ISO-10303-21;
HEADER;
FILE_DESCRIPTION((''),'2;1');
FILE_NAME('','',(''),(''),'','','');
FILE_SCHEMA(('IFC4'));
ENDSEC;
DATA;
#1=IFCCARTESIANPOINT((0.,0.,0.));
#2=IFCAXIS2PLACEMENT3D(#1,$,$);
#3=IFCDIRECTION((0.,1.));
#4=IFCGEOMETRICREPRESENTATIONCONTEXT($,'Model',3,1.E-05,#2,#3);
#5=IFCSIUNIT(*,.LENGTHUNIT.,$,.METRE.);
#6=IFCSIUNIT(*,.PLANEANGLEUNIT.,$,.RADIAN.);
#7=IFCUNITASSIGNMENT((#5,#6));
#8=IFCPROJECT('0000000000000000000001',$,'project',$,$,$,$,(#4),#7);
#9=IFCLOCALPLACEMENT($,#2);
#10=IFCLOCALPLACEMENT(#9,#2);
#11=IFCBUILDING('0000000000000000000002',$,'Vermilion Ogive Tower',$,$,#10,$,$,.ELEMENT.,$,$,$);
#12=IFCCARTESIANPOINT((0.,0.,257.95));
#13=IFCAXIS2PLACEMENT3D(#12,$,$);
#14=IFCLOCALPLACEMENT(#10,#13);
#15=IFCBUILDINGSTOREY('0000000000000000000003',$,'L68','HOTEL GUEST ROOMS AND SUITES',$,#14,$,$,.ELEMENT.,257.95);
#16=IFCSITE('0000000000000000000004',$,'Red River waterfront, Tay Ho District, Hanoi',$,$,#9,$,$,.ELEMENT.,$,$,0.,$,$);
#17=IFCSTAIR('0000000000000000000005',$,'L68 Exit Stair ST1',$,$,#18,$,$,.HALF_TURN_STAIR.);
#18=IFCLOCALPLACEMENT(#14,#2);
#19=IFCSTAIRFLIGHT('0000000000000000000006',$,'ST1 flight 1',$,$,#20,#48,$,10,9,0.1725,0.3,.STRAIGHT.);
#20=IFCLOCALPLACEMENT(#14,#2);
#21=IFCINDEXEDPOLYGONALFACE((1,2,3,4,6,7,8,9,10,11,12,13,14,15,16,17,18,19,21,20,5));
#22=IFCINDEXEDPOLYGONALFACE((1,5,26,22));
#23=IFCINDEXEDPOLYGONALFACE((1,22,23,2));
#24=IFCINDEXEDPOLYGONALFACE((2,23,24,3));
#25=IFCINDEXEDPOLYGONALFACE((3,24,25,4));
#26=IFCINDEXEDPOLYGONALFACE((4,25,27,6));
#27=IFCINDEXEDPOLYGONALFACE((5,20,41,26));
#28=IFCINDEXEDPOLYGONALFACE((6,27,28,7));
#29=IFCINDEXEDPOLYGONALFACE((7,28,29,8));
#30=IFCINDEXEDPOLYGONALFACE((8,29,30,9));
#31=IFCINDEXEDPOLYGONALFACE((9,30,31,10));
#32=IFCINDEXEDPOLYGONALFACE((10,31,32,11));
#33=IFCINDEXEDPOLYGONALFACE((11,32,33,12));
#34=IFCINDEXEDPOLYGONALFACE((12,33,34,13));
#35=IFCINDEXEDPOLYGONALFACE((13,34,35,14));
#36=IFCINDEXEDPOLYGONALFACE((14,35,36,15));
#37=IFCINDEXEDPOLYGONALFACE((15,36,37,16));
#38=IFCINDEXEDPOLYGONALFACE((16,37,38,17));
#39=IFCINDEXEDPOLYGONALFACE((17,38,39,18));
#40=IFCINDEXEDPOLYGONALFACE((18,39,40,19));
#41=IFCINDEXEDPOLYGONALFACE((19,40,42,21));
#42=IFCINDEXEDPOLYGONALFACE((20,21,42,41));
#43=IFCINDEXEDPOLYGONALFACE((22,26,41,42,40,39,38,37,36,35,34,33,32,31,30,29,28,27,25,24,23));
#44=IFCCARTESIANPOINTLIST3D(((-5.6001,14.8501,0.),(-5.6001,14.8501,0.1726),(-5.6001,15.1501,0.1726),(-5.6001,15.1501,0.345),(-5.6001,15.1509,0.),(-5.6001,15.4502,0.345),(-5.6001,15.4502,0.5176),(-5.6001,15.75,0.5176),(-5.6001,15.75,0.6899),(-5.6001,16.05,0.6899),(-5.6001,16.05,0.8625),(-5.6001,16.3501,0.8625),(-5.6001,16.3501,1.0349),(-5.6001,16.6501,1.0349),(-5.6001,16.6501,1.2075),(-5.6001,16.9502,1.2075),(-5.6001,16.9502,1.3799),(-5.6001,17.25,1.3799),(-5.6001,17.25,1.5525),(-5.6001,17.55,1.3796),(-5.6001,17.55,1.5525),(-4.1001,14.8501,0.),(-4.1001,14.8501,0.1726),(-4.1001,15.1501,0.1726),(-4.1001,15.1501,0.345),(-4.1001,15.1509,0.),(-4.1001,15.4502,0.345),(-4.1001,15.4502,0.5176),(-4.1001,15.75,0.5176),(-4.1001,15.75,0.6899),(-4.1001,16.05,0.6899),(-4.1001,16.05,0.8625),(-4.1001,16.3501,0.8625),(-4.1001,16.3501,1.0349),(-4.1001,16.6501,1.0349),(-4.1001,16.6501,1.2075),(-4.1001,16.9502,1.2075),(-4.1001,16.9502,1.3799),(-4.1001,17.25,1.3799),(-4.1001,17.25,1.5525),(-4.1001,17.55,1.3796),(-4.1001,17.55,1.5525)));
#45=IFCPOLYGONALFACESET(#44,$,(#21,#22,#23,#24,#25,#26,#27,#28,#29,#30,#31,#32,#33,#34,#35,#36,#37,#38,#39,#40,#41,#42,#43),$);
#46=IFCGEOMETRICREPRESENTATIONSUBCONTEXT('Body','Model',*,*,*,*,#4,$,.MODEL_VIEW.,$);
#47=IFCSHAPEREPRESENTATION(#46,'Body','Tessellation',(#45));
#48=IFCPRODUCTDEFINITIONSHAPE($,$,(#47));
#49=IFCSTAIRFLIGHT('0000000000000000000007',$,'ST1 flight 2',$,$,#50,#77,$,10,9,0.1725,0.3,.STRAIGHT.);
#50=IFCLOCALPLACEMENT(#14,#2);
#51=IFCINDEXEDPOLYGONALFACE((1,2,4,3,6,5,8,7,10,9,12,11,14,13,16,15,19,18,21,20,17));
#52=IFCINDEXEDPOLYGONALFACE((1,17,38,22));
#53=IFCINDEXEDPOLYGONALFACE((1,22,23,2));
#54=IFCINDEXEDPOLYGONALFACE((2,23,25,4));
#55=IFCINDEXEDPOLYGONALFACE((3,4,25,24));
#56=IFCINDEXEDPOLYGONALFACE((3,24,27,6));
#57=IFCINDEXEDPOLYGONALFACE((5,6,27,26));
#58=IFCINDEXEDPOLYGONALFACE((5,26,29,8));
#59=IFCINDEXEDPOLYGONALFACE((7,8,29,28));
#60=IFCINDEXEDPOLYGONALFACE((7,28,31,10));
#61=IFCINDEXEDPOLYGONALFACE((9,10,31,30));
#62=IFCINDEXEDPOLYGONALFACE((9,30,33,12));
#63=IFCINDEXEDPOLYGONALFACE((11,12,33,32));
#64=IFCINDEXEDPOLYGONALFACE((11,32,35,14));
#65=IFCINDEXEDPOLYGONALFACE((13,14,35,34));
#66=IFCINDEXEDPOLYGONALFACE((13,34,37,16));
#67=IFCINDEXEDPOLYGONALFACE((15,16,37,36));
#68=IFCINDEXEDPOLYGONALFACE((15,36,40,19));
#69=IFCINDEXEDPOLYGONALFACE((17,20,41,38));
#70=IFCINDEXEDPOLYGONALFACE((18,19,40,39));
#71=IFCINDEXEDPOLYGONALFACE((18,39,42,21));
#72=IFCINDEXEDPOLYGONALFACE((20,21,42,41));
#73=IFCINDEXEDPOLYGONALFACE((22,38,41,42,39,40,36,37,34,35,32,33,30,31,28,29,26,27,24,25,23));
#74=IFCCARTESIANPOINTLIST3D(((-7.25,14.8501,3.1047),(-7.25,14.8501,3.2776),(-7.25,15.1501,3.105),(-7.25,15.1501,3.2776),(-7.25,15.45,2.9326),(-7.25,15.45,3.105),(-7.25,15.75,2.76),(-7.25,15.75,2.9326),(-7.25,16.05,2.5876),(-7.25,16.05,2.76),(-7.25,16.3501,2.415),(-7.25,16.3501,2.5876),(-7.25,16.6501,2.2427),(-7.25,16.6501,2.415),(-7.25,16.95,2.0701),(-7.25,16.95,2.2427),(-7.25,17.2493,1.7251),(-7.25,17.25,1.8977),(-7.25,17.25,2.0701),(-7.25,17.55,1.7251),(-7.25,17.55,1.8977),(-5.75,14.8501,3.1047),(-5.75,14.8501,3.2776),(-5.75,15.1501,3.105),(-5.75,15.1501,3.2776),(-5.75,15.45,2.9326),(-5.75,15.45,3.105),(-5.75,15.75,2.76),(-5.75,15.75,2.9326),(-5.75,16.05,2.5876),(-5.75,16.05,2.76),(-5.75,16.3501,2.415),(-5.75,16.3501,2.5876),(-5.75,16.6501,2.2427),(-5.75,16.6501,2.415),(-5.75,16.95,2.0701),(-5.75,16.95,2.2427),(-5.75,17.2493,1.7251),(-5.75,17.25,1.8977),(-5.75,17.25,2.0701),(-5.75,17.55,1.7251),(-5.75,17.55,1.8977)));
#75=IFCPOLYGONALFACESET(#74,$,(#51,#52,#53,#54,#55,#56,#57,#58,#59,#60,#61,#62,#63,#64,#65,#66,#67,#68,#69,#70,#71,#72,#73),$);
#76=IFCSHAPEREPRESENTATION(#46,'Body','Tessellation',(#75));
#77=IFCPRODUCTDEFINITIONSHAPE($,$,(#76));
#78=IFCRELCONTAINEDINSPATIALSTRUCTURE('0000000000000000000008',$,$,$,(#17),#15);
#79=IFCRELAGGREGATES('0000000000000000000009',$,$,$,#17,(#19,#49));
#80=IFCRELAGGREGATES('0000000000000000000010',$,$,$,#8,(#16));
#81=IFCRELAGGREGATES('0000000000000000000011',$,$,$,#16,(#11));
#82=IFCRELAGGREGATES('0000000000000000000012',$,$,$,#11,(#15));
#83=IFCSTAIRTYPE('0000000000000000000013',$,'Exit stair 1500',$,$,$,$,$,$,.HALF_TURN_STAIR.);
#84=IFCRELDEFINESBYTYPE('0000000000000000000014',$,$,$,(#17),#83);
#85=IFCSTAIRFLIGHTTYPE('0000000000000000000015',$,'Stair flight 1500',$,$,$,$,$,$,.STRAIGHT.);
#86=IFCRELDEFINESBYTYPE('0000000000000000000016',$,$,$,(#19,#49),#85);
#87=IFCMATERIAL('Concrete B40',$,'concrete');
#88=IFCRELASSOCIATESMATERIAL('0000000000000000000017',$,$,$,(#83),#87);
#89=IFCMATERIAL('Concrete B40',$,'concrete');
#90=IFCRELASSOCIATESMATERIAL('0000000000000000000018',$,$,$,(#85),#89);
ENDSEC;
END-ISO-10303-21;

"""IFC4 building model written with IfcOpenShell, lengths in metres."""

from ifc_helpers import new_model, si_unit, direction, frame, origin, place, context, subcontext, project, spatial, polyline, outline, extrude, material, type_object, element, aggregate, save


model = new_model("IFC4")

# Units and contexts
model_context = context("Model", 3, precision=1e-05, world=origin(), true_north=direction((0.0, 1.0)))
body_context = subcontext(model_context, "Body", "Model", "MODEL_VIEW")
ifc_project = project(units=[si_unit("LENGTHUNIT", "METRE"), si_unit("PLANEANGLEUNIT", "RADIAN")], contexts=[model_context])

# Site, building, storey
site_placement = place(None, origin())
site = spatial("IfcSite", under=ifc_project, at=site_placement, Name="Red River waterfront, Tay Ho District, Hanoi", CompositionType="ELEMENT", RefElevation=0.0)
building_placement = place(site_placement, origin())
building = spatial("IfcBuilding", under=site, at=building_placement, Name="Vermilion Ogive Tower", CompositionType="ELEMENT")
storey_placement = place(building_placement, frame((0.0, 0.0, 257.95)))
storey = spatial("IfcBuildingStorey", under=building, at=storey_placement, Name="L68", Description="HOTEL GUEST ROOMS AND SUITES", CompositionType="ELEMENT", Elevation=257.95)

# Stair, stair flights
ifc_material_1 = material(Name="Concrete B40", Category="concrete")
stair_type = type_object("IfcStairType", Name="Exit stair 1500", PredefinedType="HALF_TURN_STAIR", material=ifc_material_1)
stair_placement = place(storey_placement, origin())
stair = element("IfcStair", 1, at=stair_placement, inside=storey, type_object=stair_type, Name="L68 Exit Stair ST1", PredefinedType="HALF_TURN_STAIR")
ifc_material_2 = material(Name="Concrete B40", Category="concrete")
stair_flight_type = type_object("IfcStairFlightType", Name="Stair flight 1500", PredefinedType="STRAIGHT", material=ifc_material_2)
stair_flight_1_placement = place(storey_placement, frame((-4.8501, 14.8501, 0.0), z_axis=(0.0, 0.0, 1.0), x_axis=(0.0, 1.0, 0.0)))
stair_flight_1 = element("IfcStairFlight", 2, at=stair_flight_1_placement, type_object=stair_flight_type, Name="ST1 flight 1", NumberOfRisers=10, NumberOfTreads=9, PredefinedType="STRAIGHT", RiserHeight=0.1725, TreadLength=0.3, context=body_context, shape_type="SweptSolid", body=[
    extrude(outline(polyline([(0.0, 0.0), (0.0, 0.1726), (0.3, 0.1726), (0.3, 0.345), (0.6001, 0.345), (0.6001, 0.5176), (0.8999, 0.5176), (0.8999, 0.6899), (1.2, 0.6899), (1.2, 0.8625), (1.5, 0.8625), (1.5, 1.0349), (1.8, 1.0349), (1.8, 1.2075), (2.1001, 1.2075), (2.1001, 1.3799), (2.3999, 1.3799), (2.3999, 1.5525), (2.7, 1.5525), (2.7, 1.7251), (2.7, 1.3796), (0.3008, 0.0), (0.0, 0.0)])), frame((0.0, 0.75, 0.0), z_axis=(0.0, -1.0, 0.0), x_axis=(1.0, 0.0, 0.0)), (0.0, 0.0, 1.0), 1.5),
])
stair_flight_2_placement = place(storey_placement, frame((-6.5, 17.55, 1.7251), z_axis=(0.0, 0.0, 1.0), x_axis=(0.0, -1.0, 0.0)))
stair_flight_2 = element("IfcStairFlight", 3, at=stair_flight_2_placement, type_object=stair_flight_type, Name="ST1 flight 2", NumberOfRisers=10, NumberOfTreads=9, PredefinedType="STRAIGHT", RiserHeight=0.1725, TreadLength=0.3, context=body_context, shape_type="SweptSolid", body=[
    extrude(outline(polyline([(0.0, 0.0), (0.0, 0.1726), (0.3, 0.1726), (0.3, 0.345), (0.6001, 0.345), (0.6001, 0.5176), (0.8999, 0.5176), (0.8999, 0.6899), (1.2, 0.6899), (1.2, 0.8625), (1.5, 0.8625), (1.5, 1.0349), (1.8, 1.0349), (1.8, 1.2075), (2.1001, 1.2075), (2.1001, 1.3799), (2.3999, 1.3799), (2.3999, 1.5525), (2.7, 1.5525), (2.7, 1.7251), (2.7, 1.3796), (0.3008, 0.0), (0.0, 0.0)])), frame((0.0, 0.75, 0.0), z_axis=(0.0, -1.0, 0.0), x_axis=(1.0, 0.0, 0.0)), (0.0, 0.0, 1.0), 1.5),
])
aggregate(stair, [stair_flight_1, stair_flight_2])

save(model, "model.ifc")
